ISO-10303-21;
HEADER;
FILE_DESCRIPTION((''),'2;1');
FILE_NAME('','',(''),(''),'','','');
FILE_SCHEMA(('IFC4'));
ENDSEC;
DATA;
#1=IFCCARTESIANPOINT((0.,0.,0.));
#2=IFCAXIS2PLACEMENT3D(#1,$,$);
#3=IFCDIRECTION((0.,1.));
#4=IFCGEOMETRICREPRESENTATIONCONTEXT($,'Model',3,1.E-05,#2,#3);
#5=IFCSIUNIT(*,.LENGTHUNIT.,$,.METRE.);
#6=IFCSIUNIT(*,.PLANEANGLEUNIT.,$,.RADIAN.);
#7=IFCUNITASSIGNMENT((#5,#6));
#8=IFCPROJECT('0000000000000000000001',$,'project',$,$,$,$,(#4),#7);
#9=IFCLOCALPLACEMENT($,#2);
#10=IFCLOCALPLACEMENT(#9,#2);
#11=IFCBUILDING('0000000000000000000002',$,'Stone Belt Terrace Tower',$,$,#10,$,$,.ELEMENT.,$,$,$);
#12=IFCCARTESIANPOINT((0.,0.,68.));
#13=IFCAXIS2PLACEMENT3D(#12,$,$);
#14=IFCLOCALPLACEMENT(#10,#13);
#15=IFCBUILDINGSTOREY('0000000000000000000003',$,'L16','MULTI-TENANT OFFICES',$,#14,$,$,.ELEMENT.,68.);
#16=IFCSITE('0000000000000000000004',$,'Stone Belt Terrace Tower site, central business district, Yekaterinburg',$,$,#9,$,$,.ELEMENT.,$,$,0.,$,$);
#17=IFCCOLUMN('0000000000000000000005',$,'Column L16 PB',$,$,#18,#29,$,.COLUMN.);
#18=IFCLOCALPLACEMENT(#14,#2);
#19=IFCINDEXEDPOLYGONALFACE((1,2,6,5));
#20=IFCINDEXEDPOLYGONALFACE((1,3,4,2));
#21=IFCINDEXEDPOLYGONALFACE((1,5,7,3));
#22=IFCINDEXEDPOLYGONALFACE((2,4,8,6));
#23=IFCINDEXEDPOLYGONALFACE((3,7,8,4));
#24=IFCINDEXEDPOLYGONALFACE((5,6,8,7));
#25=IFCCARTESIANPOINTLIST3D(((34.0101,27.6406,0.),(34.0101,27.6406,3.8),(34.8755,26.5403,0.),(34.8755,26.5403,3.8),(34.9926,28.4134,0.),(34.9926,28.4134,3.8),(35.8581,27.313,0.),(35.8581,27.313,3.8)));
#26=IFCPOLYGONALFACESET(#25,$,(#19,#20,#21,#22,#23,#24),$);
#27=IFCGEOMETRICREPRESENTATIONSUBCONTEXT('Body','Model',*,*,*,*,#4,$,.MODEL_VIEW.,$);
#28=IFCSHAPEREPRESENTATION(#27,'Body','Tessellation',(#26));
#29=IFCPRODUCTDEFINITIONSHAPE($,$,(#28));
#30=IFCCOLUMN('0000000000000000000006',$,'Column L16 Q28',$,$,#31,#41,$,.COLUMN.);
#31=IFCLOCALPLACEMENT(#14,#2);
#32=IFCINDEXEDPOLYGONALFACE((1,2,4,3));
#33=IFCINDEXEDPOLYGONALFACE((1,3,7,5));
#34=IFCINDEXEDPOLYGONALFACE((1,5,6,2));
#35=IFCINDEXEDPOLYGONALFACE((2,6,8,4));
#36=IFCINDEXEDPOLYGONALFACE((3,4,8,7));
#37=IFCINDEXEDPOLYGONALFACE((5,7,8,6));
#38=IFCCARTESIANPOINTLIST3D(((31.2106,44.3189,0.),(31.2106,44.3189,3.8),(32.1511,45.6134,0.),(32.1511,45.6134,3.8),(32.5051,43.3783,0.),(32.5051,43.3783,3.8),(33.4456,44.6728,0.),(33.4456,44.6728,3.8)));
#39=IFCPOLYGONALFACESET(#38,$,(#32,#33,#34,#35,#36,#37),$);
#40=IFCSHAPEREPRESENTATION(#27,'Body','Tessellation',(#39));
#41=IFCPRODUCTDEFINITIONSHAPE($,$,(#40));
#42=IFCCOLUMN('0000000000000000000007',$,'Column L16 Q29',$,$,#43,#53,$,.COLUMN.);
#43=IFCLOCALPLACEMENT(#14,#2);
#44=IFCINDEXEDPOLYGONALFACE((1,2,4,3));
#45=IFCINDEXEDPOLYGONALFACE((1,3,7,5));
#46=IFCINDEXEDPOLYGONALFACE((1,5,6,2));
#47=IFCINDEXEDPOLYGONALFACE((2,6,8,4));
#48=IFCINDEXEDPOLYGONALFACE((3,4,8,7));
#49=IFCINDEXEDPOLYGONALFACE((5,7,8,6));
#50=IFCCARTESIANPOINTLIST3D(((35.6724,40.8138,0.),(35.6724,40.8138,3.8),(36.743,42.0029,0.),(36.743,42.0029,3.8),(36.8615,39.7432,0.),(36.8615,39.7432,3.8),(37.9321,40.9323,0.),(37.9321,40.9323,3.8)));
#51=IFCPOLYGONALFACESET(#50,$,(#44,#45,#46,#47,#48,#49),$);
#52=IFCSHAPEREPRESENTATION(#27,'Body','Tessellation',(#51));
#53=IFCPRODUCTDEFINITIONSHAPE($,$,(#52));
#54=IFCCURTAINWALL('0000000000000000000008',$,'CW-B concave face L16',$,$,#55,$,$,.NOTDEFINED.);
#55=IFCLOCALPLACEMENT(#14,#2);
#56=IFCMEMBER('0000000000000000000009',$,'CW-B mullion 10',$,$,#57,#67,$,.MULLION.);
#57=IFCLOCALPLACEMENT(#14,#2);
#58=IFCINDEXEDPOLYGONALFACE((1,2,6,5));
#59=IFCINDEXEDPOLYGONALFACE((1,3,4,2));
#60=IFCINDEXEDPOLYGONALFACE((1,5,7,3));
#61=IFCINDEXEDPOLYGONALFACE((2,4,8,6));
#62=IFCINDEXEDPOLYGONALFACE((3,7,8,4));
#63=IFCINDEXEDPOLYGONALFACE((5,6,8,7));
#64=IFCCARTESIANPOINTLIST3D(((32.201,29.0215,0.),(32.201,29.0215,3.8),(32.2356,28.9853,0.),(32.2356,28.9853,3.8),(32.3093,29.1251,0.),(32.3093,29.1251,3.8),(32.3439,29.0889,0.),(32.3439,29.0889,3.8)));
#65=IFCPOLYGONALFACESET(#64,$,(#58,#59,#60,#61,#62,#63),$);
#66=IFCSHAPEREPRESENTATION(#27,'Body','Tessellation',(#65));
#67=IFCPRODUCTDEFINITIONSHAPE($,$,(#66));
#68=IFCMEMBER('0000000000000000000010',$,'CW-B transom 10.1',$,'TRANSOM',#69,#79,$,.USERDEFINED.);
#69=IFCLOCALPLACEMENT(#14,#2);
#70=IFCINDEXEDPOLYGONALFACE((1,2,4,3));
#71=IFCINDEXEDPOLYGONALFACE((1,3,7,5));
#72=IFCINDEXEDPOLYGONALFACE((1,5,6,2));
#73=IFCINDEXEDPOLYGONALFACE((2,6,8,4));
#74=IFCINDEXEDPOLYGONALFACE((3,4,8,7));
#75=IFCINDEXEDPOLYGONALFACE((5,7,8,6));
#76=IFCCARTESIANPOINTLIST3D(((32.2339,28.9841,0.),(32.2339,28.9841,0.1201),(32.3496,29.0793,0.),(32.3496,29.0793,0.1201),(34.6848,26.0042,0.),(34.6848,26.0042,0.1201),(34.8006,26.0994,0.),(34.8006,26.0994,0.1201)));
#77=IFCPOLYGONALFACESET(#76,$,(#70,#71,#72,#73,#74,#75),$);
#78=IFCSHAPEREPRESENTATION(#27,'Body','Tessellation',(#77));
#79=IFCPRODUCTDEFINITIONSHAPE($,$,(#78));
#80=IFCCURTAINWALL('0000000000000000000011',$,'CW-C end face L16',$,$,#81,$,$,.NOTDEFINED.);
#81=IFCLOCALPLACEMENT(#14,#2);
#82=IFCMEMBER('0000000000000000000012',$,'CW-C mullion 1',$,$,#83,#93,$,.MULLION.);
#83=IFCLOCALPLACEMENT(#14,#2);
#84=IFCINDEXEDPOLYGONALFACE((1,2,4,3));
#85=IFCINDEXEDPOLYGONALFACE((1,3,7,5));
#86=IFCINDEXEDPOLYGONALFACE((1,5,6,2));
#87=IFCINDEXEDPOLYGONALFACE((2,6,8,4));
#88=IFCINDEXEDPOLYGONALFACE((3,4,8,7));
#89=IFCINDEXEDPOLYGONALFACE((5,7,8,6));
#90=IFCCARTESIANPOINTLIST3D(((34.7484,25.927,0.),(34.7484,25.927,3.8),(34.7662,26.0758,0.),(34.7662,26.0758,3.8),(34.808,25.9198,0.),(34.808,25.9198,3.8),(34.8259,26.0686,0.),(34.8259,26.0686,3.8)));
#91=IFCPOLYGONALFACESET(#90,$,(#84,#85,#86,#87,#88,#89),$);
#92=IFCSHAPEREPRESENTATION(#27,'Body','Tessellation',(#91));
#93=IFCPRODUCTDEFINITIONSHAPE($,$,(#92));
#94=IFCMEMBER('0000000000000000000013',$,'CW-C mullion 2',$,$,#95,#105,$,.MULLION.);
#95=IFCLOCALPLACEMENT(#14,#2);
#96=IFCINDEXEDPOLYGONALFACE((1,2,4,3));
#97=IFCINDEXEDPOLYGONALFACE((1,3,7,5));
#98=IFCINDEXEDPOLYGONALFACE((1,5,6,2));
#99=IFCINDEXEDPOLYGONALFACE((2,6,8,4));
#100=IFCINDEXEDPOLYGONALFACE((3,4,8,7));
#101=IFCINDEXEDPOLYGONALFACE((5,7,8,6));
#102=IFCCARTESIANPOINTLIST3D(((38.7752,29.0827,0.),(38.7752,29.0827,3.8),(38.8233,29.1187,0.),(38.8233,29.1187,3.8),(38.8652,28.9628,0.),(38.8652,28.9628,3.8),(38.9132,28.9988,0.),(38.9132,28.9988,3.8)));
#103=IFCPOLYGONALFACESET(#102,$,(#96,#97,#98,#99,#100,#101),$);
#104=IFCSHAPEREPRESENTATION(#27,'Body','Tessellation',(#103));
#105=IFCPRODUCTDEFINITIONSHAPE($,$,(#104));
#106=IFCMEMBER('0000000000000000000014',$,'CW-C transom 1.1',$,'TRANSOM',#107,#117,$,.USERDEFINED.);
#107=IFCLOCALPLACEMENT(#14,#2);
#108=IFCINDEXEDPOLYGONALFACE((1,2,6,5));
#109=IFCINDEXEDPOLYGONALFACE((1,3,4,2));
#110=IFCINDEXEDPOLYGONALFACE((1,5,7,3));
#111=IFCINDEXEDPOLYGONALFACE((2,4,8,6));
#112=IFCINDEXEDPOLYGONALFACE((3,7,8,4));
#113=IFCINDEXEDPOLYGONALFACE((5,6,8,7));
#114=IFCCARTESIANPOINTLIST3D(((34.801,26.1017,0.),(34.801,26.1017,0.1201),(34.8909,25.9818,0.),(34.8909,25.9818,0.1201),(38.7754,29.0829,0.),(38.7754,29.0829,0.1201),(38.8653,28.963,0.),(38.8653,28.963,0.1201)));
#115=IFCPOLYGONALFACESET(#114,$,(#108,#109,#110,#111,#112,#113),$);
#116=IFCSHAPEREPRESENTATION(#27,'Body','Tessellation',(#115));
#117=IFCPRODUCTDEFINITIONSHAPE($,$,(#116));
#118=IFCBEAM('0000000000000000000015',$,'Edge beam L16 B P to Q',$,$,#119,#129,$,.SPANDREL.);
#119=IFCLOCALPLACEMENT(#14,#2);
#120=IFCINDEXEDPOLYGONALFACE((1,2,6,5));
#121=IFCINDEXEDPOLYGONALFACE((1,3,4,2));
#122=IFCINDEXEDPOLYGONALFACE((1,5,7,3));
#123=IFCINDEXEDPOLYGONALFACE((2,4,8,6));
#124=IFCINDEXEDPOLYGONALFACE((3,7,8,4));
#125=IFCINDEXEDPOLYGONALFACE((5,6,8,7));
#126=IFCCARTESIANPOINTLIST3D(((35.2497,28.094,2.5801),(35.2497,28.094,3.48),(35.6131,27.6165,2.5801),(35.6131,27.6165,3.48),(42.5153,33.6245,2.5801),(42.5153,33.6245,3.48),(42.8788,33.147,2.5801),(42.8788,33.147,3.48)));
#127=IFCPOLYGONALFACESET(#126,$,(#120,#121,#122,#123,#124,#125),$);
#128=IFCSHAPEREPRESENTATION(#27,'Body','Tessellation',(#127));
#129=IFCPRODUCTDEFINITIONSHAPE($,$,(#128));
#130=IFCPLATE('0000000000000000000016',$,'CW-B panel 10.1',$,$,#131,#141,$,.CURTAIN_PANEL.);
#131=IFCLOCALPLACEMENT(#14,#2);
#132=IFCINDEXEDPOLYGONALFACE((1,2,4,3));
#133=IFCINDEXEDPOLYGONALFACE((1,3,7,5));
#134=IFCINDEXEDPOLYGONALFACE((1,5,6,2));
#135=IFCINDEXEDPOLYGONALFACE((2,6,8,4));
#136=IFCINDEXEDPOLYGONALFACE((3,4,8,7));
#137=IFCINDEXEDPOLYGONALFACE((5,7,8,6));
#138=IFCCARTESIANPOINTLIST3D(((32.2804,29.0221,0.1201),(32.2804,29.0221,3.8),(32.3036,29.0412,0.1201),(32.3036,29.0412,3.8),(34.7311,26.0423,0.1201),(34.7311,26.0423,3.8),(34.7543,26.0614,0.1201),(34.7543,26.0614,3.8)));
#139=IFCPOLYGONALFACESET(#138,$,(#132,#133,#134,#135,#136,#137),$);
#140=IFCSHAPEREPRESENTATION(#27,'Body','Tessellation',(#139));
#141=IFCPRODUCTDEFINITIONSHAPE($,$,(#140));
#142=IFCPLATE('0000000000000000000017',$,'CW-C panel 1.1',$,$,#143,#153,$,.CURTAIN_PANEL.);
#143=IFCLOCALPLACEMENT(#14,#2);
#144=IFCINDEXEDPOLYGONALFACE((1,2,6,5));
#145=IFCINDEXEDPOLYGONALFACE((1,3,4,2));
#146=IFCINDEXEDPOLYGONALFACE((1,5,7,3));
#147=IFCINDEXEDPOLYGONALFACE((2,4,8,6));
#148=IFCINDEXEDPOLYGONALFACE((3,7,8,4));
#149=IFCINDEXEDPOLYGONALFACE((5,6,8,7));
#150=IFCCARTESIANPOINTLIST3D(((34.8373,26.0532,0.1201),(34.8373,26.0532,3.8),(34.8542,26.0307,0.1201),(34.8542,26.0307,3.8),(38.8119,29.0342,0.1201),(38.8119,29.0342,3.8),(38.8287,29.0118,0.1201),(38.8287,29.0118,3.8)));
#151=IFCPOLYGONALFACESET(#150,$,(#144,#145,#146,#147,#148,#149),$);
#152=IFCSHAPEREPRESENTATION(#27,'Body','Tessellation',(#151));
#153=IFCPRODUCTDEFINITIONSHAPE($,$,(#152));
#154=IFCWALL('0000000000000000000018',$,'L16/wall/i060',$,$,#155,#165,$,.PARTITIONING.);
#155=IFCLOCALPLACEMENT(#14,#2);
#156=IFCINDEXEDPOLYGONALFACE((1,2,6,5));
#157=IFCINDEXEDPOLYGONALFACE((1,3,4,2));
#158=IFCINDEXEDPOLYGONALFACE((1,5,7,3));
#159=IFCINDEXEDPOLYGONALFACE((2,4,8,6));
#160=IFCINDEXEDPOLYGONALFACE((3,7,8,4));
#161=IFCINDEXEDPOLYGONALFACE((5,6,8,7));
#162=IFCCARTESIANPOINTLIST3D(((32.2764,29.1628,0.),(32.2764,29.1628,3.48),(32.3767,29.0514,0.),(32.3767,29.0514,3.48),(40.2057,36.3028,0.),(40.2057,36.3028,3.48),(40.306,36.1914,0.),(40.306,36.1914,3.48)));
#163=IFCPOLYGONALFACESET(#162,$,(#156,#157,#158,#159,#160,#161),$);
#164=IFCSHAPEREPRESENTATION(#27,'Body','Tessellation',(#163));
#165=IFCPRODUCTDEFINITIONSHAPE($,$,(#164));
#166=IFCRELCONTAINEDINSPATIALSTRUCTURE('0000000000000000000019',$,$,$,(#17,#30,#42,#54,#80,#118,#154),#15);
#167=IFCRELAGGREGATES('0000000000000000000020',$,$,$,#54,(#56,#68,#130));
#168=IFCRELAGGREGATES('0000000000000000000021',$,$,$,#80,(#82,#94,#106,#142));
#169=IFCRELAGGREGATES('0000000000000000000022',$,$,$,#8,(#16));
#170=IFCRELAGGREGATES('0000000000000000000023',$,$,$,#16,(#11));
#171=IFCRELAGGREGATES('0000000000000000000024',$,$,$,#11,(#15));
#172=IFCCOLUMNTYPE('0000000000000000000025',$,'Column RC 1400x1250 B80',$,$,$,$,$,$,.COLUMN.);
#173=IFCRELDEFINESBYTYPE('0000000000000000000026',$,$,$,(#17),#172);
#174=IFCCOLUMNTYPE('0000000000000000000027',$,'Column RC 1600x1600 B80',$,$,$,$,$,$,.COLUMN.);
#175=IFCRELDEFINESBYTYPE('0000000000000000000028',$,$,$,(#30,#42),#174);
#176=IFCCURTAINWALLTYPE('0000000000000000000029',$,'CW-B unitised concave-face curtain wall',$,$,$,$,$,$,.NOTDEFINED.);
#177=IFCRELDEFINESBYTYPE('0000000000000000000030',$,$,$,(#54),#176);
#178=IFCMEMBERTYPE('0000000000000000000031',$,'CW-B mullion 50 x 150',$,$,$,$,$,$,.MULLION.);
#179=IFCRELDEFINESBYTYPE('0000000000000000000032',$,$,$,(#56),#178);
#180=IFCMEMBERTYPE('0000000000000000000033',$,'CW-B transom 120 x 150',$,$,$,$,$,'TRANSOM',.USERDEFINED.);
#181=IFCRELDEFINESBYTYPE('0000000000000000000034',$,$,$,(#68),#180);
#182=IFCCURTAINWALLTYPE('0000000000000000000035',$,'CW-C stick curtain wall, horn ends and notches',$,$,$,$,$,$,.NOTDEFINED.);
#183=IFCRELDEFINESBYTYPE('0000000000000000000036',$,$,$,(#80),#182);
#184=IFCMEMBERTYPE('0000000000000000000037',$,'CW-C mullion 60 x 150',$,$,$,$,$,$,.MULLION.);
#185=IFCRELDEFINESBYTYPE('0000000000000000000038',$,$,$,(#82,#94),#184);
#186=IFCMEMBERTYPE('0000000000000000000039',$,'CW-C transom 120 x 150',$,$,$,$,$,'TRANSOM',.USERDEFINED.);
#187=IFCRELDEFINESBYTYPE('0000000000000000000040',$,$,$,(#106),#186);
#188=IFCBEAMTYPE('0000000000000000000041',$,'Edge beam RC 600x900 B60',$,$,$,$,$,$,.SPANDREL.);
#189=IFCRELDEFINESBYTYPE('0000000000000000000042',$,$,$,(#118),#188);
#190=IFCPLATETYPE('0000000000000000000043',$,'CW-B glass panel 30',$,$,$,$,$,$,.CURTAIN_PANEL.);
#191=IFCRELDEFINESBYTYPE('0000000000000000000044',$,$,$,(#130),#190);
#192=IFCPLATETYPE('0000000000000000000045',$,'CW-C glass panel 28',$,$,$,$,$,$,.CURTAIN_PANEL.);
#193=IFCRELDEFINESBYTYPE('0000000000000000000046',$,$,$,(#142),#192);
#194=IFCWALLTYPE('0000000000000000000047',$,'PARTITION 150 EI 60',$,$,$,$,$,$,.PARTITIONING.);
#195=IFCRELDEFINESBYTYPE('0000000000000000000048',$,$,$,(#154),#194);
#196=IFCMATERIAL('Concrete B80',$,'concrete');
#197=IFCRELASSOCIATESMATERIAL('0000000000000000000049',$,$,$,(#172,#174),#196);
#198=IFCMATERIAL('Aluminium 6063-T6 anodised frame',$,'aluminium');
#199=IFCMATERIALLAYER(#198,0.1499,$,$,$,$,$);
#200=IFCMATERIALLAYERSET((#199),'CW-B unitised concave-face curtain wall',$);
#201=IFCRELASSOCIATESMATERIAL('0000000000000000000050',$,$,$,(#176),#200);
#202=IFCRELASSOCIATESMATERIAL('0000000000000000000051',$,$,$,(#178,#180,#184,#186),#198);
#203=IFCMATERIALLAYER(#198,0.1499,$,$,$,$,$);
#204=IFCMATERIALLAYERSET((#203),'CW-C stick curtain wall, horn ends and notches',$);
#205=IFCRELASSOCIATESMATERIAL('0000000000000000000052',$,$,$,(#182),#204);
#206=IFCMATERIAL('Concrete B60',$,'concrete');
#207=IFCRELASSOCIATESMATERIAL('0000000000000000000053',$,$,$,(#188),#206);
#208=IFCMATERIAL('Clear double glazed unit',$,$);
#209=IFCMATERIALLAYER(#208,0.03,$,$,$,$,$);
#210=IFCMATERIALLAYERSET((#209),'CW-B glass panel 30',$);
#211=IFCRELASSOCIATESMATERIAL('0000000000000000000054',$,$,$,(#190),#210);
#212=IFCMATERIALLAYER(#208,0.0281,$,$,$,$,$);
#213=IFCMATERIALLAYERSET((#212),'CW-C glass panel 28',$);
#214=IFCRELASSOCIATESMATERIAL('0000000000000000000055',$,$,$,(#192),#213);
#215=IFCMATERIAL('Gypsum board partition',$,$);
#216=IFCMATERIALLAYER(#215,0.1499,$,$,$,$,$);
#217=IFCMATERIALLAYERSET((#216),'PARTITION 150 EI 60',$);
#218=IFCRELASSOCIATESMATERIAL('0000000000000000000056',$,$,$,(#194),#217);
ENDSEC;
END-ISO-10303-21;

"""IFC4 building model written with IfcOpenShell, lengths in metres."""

from ifc_helpers import new_model, si_unit, direction, frame, frame_2d, origin, origin_2d, place, context, subcontext, project, spatial, rectangle, extrude, material, layer, layer_set, material_profile, profile_set, type_object, element, aggregate, save


model = new_model("IFC4")

# Units and contexts
model_context = context("Model", 3, precision=1e-05, world=origin(), true_north=direction((0.0, 1.0)))
body_context = subcontext(model_context, "Body", "Model", "MODEL_VIEW")
ifc_project = project(units=[si_unit("LENGTHUNIT", "METRE"), si_unit("PLANEANGLEUNIT", "RADIAN")], contexts=[model_context])

# Site, building, storey
site_placement = place(None, origin())
site = spatial("IfcSite", under=ifc_project, at=site_placement, Name="Stone Belt Terrace Tower site, central business district, Yekaterinburg", CompositionType="ELEMENT", RefElevation=0.0)
building_placement = place(site_placement, origin())
building = spatial("IfcBuilding", under=site, at=building_placement, Name="Stone Belt Terrace Tower", CompositionType="ELEMENT")
storey_placement = place(building_placement, frame((0.0, 0.0, 68.0)))
storey = spatial("IfcBuildingStorey", under=building, at=storey_placement, Name="L16", Description="MULTI-TENANT OFFICES", CompositionType="ELEMENT", Elevation=68.0)

# Columns
ifc_material_1 = material(Name="Concrete B80", Category="concrete")
ifc_material_profile_1 = material_profile(ifc_material_1, rectangle(XDim=1.3999, YDim=1.25, at=origin_2d()), Name="RC 1400x1250")
ifc_profile_set_1 = profile_set([ifc_material_profile_1], Name="Concrete B80")
column_type_1 = type_object("IfcColumnType", Name="Column RC 1400x1250 B80", PredefinedType="COLUMN", material=ifc_profile_set_1)
column_placement = place(storey_placement, frame((34.9341, 27.4768, 0.0), z_axis=(0.0, 0.0, 1.0), x_axis=(0.618218, -0.786007, 0.0)))
element("IfcColumn", 1, at=column_placement, inside=storey, type_object=column_type_1, Name="Column L16 PB", PredefinedType="COLUMN", context=body_context, shape_type="SweptSolid", body=[
    extrude(rectangle(XDim=1.3999, YDim=1.25, at=origin_2d()), origin(), (0.0, 0.0, 1.0), 3.8),
])
ifc_material_profile_2 = material_profile(ifc_material_1, rectangle(XDim=1.6001, YDim=1.6001, at=origin_2d()), Name="RC 1600x1600")
ifc_profile_set_2 = profile_set([ifc_material_profile_2], Name="Concrete B80")
column_type_2 = type_object("IfcColumnType", Name="Column RC 1600x1600 B80", PredefinedType="COLUMN", material=ifc_profile_set_2)
for number, where, z_axis, x_axis, name in (
    (2, (32.3281, 44.4958, 0.0), (0.0, 0.0, 1.0), (0.809017, -0.587785, 0.0), "Column L16 Q28"),
    (3, (36.8022, 40.873, 0.0), (0.0, 0.0, 1.0), (0.743145, -0.669131, 0.0), "Column L16 Q29"),
):
    element("IfcColumn", number, at=place(storey_placement, frame(where, z_axis=z_axis, x_axis=x_axis)), inside=storey, type_object=column_type_2, Name=name, PredefinedType="COLUMN", context=body_context, shape_type="SweptSolid", body=[
        extrude(rectangle(XDim=1.6001, YDim=1.6001, at=origin_2d()), origin(), (0.0, 0.0, 1.0), 3.8),
    ])

# Curtain walls, members
ifc_material_2 = material(Name="Aluminium 6063-T6 anodised frame", Category="aluminium")
ifc_layer_1 = layer(ifc_material_2, 0.1499)
ifc_layer_set_1 = layer_set([ifc_layer_1], Name="CW-B unitised concave-face curtain wall")
curtain_wall_type_1 = type_object("IfcCurtainWallType", Name="CW-B unitised concave-face curtain wall", PredefinedType="NOTDEFINED", material=ifc_layer_set_1)
curtain_wall_1_placement = place(storey_placement, origin())
curtain_wall_1 = element("IfcCurtainWall", 4, at=curtain_wall_1_placement, inside=storey, type_object=curtain_wall_type_1, Name="CW-B concave face L16", PredefinedType="NOTDEFINED")
ifc_material_profile_3 = material_profile(ifc_material_2, rectangle(XDim=0.1499, YDim=0.05, at=origin_2d()), Name="Aluminium 6063-T6 50x150")
ifc_profile_set_3 = profile_set([ifc_material_profile_3], Name="Aluminium 6063-T6 anodised frame")
member_type_1 = type_object("IfcMemberType", Name="CW-B mullion 50 x 150", PredefinedType="MULLION", material=ifc_profile_set_3)
member_1_placement = place(storey_placement, frame((32.2725, 29.0552, 0.0), z_axis=(0.0, 0.0, 1.0), x_axis=(0.722753, 0.691107, 0.0)))
member_1 = element("IfcMember", 5, at=member_1_placement, type_object=member_type_1, Name="CW-B mullion 10", PredefinedType="MULLION", context=body_context, shape_type="SweptSolid", body=[
    extrude(rectangle(XDim=0.1499, YDim=0.05, at=origin_2d()), origin(), (0.0, 0.0, 1.0), 3.8),
])
ifc_material_profile_4 = material_profile(ifc_material_2, rectangle(XDim=0.1499, YDim=0.1201, at=origin_2d()), Name="Aluminium 6063-T6 150x120")
ifc_profile_set_4 = profile_set([ifc_material_profile_4], Name="Aluminium 6063-T6 anodised frame")
member_type_2 = type_object("IfcMemberType", Name="CW-B transom 120 x 150", ElementType="TRANSOM", PredefinedType="USERDEFINED", material=ifc_profile_set_4)
member_2_placement = place(storey_placement, frame((32.2917, 29.0317, 0.0601), z_axis=(0.635217, -0.772334, 0.0), x_axis=(0.772334, 0.635217, 0.0)))
member_2 = element("IfcMember", 6, at=member_2_placement, type_object=member_type_2, Name="CW-B transom 10.1", ObjectType="TRANSOM", PredefinedType="USERDEFINED", context=body_context, shape_type="SweptSolid", body=[
    extrude(rectangle(XDim=0.1499, YDim=0.1201, at=origin_2d()), origin(), (0.0, 0.0, 1.0), 3.8584),
])
ifc_layer_2 = layer(ifc_material_2, 0.1499)
ifc_layer_set_2 = layer_set([ifc_layer_2], Name="CW-C stick curtain wall, horn ends and notches")
curtain_wall_type_2 = type_object("IfcCurtainWallType", Name="CW-C stick curtain wall, horn ends and notches", PredefinedType="NOTDEFINED", material=ifc_layer_set_2)
curtain_wall_2_placement = place(storey_placement, origin())
curtain_wall_2 = element("IfcCurtainWall", 7, at=curtain_wall_2_placement, inside=storey, type_object=curtain_wall_type_2, Name="CW-C end face L16", PredefinedType="NOTDEFINED")
ifc_material_profile_5 = material_profile(ifc_material_2, rectangle(XDim=0.1499, YDim=0.0601, at=origin_2d()), Name="Aluminium 6063-T6 60x150")
ifc_profile_set_5 = profile_set([ifc_material_profile_5], Name="Aluminium 6063-T6 anodised frame")
member_type_3 = type_object("IfcMemberType", Name="CW-C mullion 60 x 150", PredefinedType="MULLION", material=ifc_profile_set_5)
member_3_placement = place(storey_placement, frame((34.7871, 25.9978, 0.0), z_axis=(0.0, 0.0, 1.0), x_axis=(0.119212, 0.992869, 0.0)))
member_3 = element("IfcMember", 8, at=member_3_placement, type_object=member_type_3, Name="CW-C mullion 1", PredefinedType="MULLION", context=body_context, shape_type="SweptSolid", body=[
    extrude(rectangle(XDim=0.1499, YDim=0.0601, at=origin_2d()), origin(), (0.0, 0.0, 1.0), 3.8),
])
member_4_placement = place(storey_placement, frame((38.8442, 29.0408, 0.0), z_axis=(0.0, 0.0, 1.0), x_axis=(-0.600018, 0.799987, 0.0)))
member_4 = element("IfcMember", 9, at=member_4_placement, type_object=member_type_3, Name="CW-C mullion 2", PredefinedType="MULLION", context=body_context, shape_type="SweptSolid", body=[
    extrude(rectangle(XDim=0.1499, YDim=0.0601, at=origin_2d()), origin(), (0.0, 0.0, 1.0), 3.8),
])
ifc_material_profile_6 = material_profile(ifc_material_2, rectangle(XDim=0.1499, YDim=0.1201, at=origin_2d()), Name="Aluminium 6063-T6 150x120")
ifc_profile_set_6 = profile_set([ifc_material_profile_6], Name="Aluminium 6063-T6 anodised frame")
member_type_4 = type_object("IfcMemberType", Name="CW-C transom 120 x 150", ElementType="TRANSOM", PredefinedType="USERDEFINED", material=ifc_profile_set_6)
member_5_placement = place(storey_placement, frame((34.8459, 26.0417, 0.0601), z_axis=(0.799959, 0.600055, 0.0), x_axis=(-0.600055, 0.799959, 0.0)))
member_5 = element("IfcMember", 10, at=member_5_placement, type_object=member_type_4, Name="CW-C transom 1.1", ObjectType="TRANSOM", PredefinedType="USERDEFINED", context=body_context, shape_type="SweptSolid", body=[
    extrude(rectangle(XDim=0.1499, YDim=0.1201, at=origin_2d()), origin(), (0.0, 0.0, 1.0), 4.9683),
])

# Beam
ifc_material_3 = material(Name="Concrete B60", Category="concrete")
ifc_material_profile_7 = material_profile(ifc_material_3, rectangle(XDim=0.6001, YDim=0.8999, at=origin_2d()), Name="RC 600x900")
ifc_profile_set_7 = profile_set([ifc_material_profile_7], Name="Concrete B60")
beam_type = type_object("IfcBeamType", Name="Edge beam RC 600x900 B60", PredefinedType="SPANDREL", material=ifc_profile_set_7)
beam_placement = place(storey_placement, frame((35.4314, 27.8552, 3.03), z_axis=(0.795706, 0.605683, 0.0), x_axis=(-0.605683, 0.795706, 0.0)))
element("IfcBeam", 11, at=beam_placement, inside=storey, type_object=beam_type, Name="Edge beam L16 B P to Q", PredefinedType="SPANDREL", context=body_context, shape_type="SweptSolid", body=[
    extrude(rectangle(XDim=0.6001, YDim=0.8999, at=origin_2d()), origin(), (0.0, 0.0, 1.0), 9.1311),
])

# Plates
ifc_material_4 = material(Name="Clear double glazed unit")
ifc_layer_3 = layer(ifc_material_4, 0.03)
ifc_layer_set_3 = layer_set([ifc_layer_3], Name="CW-B glass panel 30")
plate_type_1 = type_object("IfcPlateType", Name="CW-B glass panel 30", PredefinedType="CURTAIN_PANEL", material=ifc_layer_set_3)
plate_1_placement = place(storey_placement, frame((33.5173, 27.5417, 0.1201), z_axis=(0.0, 0.0, 1.0), x_axis=(0.63521, -0.772339, 0.0)))
plate_1 = element("IfcPlate", 12, at=plate_1_placement, type_object=plate_type_1, Name="CW-B panel 10.1", PredefinedType="CURTAIN_PANEL", context=body_context, shape_type="SweptSolid", body=[
    extrude(rectangle(XDim=3.8582, YDim=0.03, at=origin_2d()), origin(), (0.0, 0.0, 1.0), 3.6799),
])
aggregate(curtain_wall_1, [member_1, member_2, plate_1])
ifc_layer_4 = layer(ifc_material_4, 0.0281)
ifc_layer_set_4 = layer_set([ifc_layer_4], Name="CW-C glass panel 28")
plate_type_2 = type_object("IfcPlateType", Name="CW-C glass panel 28", PredefinedType="CURTAIN_PANEL", material=ifc_layer_set_4)
plate_2_placement = place(storey_placement, frame((36.833, 27.5325, 0.1201), z_axis=(0.0, 0.0, 1.0), x_axis=(0.799987, 0.600018, 0.0)))
plate_2 = element("IfcPlate", 13, at=plate_2_placement, type_object=plate_type_2, Name="CW-C panel 1.1", PredefinedType="CURTAIN_PANEL", context=body_context, shape_type="SweptSolid", body=[
    extrude(rectangle(XDim=4.9683, YDim=0.0281, at=origin_2d()), origin(), (0.0, 0.0, 1.0), 3.6799),
])
aggregate(curtain_wall_2, [member_3, member_4, member_5, plate_2])

# Wall
ifc_material_5 = material(Name="Gypsum board partition")
ifc_layer_5 = layer(ifc_material_5, 0.1499)
ifc_layer_set_5 = layer_set([ifc_layer_5], Name="PARTITION 150 EI 60")
wall_type_1 = type_object("IfcWallType", Name="PARTITION 150 EI 60", PredefinedType="PARTITIONING", material=ifc_layer_set_5)
wall_1_placement = place(storey_placement, frame((32.3267, 29.1072, 0.0), z_axis=(0.0, 0.0, 1.0), x_axis=(0.743126, 0.669152, 0.0)))
element("IfcWall", 14, at=wall_1_placement, inside=storey, type_object=wall_type_1, Name="L16/wall/i060", PredefinedType="PARTITIONING", context=body_context, shape_type="SweptSolid", body=[
    extrude(rectangle(XDim=10.6702, YDim=0.1499, at=frame_2d((5.335, 0.0))), origin(), (0.0, 0.0, 1.0), 3.48),
])

save(model, "model.ifc")
